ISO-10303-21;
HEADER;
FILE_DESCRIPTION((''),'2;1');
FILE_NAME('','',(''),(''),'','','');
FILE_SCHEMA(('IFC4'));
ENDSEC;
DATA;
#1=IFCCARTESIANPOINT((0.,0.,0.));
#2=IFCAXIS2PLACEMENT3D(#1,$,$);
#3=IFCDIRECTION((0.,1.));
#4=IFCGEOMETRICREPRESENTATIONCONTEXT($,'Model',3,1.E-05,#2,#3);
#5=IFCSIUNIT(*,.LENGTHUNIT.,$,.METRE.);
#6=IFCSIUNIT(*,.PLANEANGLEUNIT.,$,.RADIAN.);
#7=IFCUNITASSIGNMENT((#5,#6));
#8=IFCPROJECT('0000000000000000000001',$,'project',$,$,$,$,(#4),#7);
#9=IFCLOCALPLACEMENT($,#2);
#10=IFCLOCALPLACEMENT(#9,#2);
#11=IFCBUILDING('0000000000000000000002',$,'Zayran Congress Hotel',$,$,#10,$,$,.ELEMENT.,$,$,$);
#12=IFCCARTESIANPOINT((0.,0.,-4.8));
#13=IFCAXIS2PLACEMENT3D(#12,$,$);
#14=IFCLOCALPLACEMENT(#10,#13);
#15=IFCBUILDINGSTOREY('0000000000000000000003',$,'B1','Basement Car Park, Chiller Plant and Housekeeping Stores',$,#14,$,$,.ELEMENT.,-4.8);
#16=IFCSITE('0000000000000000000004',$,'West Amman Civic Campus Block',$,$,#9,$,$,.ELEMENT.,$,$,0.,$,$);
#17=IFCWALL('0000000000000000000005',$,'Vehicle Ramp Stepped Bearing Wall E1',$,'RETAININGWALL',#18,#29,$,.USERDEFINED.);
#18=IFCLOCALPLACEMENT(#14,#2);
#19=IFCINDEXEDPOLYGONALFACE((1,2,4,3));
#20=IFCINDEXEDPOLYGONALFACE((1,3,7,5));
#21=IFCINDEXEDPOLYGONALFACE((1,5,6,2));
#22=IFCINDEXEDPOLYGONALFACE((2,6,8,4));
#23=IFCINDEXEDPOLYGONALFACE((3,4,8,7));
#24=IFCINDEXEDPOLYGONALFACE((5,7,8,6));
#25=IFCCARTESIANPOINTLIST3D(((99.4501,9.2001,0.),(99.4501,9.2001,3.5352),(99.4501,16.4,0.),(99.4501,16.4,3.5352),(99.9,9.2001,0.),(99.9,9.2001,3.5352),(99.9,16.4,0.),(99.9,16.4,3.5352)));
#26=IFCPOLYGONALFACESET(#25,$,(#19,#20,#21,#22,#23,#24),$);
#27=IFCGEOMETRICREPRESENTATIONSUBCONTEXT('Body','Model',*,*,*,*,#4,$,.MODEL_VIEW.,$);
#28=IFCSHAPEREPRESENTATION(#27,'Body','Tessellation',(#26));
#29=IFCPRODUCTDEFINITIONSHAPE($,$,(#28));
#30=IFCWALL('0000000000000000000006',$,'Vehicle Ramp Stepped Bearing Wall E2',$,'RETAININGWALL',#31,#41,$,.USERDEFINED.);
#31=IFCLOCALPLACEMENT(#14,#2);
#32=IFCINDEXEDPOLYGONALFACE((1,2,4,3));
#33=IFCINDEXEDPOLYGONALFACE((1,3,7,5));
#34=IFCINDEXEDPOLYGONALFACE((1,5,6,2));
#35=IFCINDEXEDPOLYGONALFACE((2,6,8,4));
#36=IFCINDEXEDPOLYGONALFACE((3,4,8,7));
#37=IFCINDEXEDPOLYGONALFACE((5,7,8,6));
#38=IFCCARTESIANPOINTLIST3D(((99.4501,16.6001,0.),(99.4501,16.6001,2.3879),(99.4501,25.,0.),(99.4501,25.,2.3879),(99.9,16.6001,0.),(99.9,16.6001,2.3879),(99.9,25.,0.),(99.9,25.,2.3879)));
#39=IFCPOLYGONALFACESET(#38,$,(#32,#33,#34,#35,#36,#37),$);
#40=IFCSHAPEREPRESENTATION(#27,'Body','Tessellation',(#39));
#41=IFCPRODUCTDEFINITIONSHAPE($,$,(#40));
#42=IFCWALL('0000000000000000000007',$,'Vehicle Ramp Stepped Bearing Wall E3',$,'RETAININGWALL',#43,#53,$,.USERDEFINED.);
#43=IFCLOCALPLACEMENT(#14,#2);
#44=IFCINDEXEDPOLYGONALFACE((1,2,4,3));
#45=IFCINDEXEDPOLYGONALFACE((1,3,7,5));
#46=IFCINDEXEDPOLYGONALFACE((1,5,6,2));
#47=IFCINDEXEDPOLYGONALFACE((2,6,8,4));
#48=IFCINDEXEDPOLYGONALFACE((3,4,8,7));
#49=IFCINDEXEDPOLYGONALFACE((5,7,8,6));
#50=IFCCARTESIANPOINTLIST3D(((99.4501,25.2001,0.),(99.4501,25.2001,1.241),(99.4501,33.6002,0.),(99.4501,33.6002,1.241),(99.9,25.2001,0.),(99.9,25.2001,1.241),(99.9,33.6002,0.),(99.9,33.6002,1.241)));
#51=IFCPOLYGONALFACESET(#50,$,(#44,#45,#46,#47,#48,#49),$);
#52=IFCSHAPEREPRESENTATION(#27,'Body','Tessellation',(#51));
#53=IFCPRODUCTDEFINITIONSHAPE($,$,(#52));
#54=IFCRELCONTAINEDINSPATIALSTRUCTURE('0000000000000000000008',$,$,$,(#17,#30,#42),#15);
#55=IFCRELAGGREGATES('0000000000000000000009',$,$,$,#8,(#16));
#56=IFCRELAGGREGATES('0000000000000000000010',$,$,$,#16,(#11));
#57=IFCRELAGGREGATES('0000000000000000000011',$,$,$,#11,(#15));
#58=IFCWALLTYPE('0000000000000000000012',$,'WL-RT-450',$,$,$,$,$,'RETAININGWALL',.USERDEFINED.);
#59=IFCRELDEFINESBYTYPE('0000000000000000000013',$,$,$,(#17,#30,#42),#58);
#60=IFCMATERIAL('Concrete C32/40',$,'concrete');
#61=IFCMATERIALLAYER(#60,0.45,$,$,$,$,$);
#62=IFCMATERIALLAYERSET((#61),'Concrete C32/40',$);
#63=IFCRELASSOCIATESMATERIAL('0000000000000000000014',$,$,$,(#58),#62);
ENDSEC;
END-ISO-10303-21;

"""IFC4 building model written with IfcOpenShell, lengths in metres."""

from ifc_helpers import new_model, si_unit, direction, frame, frame_2d, origin, place, context, subcontext, project, spatial, rectangle, extrude, material, layer, layer_set, type_object, element, save


model = new_model("IFC4")

# Units and contexts
model_context = context("Model", 3, precision=1e-05, world=origin(), true_north=direction((0.0, 1.0)))
body_context = subcontext(model_context, "Body", "Model", "MODEL_VIEW")
ifc_project = project(units=[si_unit("LENGTHUNIT", "METRE"), si_unit("PLANEANGLEUNIT", "RADIAN")], contexts=[model_context])

# Site, building, storey
site_placement = place(None, origin())
site = spatial("IfcSite", under=ifc_project, at=site_placement, Name="West Amman Civic Campus Block", CompositionType="ELEMENT", RefElevation=0.0)
building_placement = place(site_placement, origin())
building = spatial("IfcBuilding", under=site, at=building_placement, Name="Zayran Congress Hotel", CompositionType="ELEMENT")
storey_placement = place(building_placement, frame((0.0, 0.0, -4.8)))
storey = spatial("IfcBuildingStorey", under=building, at=storey_placement, Name="B1", Description="Basement Car Park, Chiller Plant and Housekeeping Stores", CompositionType="ELEMENT", Elevation=-4.8)

# Walls
ifc_material_1 = material(Name="Concrete C32/40", Category="concrete")
ifc_layer_1 = layer(ifc_material_1, 0.45)
ifc_layer_set_1 = layer_set([ifc_layer_1], Name="Concrete C32/40")
wall_type = type_object("IfcWallType", Name="WL-RT-450", ElementType="RETAININGWALL", PredefinedType="USERDEFINED", material=ifc_layer_set_1)
wall_1_placement = place(storey_placement, frame((99.675, 9.2, 0.0), z_axis=(0.0, 0.0, 1.0), x_axis=(0.0, 1.0, 0.0)))
element("IfcWall", 1, at=wall_1_placement, inside=storey, type_object=wall_type, Name="Vehicle Ramp Stepped Bearing Wall E1", ObjectType="RETAININGWALL", PredefinedType="USERDEFINED", context=body_context, shape_type="SweptSolid", body=[
    extrude(rectangle(XDim=7.2, YDim=0.45, at=frame_2d((3.6001, 0.0))), origin(), (0.0, 0.0, 1.0), 3.5352),
])
wall_2_placement = place(storey_placement, frame((99.675, 16.6001, 0.0), z_axis=(0.0, 0.0, 1.0), x_axis=(0.0, 1.0, 0.0)))
element("IfcWall", 2, at=wall_2_placement, inside=storey, type_object=wall_type, Name="Vehicle Ramp Stepped Bearing Wall E2", ObjectType="RETAININGWALL", PredefinedType="USERDEFINED", context=body_context, shape_type="SweptSolid", body=[
    extrude(rectangle(XDim=8.3999, YDim=0.45, at=frame_2d((4.2, 0.0))), origin(), (0.0, 0.0, 1.0), 2.3879),
])
wall_3_placement = place(storey_placement, frame((99.675, 25.2, 0.0), z_axis=(0.0, 0.0, 1.0), x_axis=(0.0, 1.0, 0.0)))
element("IfcWall", 3, at=wall_3_placement, inside=storey, type_object=wall_type, Name="Vehicle Ramp Stepped Bearing Wall E3", ObjectType="RETAININGWALL", PredefinedType="USERDEFINED", context=body_context, shape_type="SweptSolid", body=[
    extrude(rectangle(XDim=8.4001, YDim=0.45, at=frame_2d((4.2002, 0.0))), origin(), (0.0, 0.0, 1.0), 1.241),
])

save(model, "model.ifc")
